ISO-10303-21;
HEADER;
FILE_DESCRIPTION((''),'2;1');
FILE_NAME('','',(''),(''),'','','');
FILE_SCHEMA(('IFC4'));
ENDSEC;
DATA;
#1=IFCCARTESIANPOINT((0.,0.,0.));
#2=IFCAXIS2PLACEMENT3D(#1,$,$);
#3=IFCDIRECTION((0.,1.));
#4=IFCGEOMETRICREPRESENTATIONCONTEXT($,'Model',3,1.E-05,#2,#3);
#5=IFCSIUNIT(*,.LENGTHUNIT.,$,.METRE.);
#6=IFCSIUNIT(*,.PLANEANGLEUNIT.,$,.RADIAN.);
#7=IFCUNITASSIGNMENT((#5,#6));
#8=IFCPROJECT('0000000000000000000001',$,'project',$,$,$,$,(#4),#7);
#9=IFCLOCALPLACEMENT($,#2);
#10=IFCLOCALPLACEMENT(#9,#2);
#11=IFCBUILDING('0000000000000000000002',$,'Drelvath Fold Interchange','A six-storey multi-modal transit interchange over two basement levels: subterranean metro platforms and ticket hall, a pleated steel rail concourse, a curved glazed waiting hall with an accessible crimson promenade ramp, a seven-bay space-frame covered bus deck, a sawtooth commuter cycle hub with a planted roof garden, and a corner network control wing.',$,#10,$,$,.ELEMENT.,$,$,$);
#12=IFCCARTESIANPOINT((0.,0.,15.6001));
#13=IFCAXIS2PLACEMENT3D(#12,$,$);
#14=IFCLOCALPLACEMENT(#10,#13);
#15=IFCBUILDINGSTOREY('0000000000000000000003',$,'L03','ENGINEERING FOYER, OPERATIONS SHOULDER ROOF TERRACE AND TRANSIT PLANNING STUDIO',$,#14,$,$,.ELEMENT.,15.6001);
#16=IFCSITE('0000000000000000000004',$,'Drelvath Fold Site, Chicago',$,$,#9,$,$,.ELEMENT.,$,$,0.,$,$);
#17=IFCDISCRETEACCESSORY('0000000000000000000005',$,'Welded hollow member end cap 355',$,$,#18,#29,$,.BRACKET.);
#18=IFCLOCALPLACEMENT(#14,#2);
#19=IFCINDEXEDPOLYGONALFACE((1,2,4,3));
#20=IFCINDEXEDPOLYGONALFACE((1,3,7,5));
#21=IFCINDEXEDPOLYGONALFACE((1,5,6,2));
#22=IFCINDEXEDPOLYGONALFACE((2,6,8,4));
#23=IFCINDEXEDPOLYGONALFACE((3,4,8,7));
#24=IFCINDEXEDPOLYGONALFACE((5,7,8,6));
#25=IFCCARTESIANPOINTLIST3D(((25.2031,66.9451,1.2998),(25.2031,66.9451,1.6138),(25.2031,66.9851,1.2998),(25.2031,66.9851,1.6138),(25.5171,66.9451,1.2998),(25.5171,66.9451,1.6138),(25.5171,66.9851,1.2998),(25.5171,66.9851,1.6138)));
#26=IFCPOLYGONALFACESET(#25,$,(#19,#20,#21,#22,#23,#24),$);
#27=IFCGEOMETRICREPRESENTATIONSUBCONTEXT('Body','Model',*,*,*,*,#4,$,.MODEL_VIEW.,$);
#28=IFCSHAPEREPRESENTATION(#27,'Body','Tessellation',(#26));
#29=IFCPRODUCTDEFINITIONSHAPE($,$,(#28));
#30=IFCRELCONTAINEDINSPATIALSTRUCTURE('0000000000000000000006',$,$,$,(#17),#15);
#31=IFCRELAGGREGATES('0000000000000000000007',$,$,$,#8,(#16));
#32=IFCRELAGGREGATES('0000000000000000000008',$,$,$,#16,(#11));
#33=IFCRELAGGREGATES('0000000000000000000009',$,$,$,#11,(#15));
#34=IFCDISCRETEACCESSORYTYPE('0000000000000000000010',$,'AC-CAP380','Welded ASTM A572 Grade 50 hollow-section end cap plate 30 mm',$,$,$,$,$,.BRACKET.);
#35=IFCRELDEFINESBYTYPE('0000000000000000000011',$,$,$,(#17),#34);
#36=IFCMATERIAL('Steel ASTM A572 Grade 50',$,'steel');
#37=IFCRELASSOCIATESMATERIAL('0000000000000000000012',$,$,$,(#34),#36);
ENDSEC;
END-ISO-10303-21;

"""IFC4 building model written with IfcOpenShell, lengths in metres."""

from ifc_helpers import new_model, si_unit, direction, frame, origin, origin_2d, place, context, subcontext, project, spatial, rectangle, extrude, material, type_object, element, save


model = new_model("IFC4")

# Units and contexts
model_context = context("Model", 3, precision=1e-05, world=origin(), true_north=direction((0.0, 1.0)))
body_context = subcontext(model_context, "Body", "Model", "MODEL_VIEW")
ifc_project = project(units=[si_unit("LENGTHUNIT", "METRE"), si_unit("PLANEANGLEUNIT", "RADIAN")], contexts=[model_context])

# Site, building, storey
site_placement = place(None, origin())
site = spatial("IfcSite", under=ifc_project, at=site_placement, Name="Drelvath Fold Site, Chicago", CompositionType="ELEMENT", RefElevation=0.0)
building_placement = place(site_placement, origin())
building = spatial("IfcBuilding", under=site, at=building_placement, Name="Drelvath Fold Interchange", Description="A six-storey multi-modal transit interchange over two basement levels: subterranean metro platforms and ticket hall, a pleated steel rail concourse, a curved glazed waiting hall with an accessible crimson promenade ramp, a seven-bay space-frame covered bus deck, a sawtooth commuter cycle hub with a planted roof garden, and a corner network control wing.", CompositionType="ELEMENT")
storey_placement = place(building_placement, frame((0.0, 0.0, 15.6001)))
storey = spatial("IfcBuildingStorey", under=building, at=storey_placement, Name="L03", Description="ENGINEERING FOYER, OPERATIONS SHOULDER ROOF TERRACE AND TRANSIT PLANNING STUDIO", CompositionType="ELEMENT", Elevation=15.6001)

# Discrete accessory
ifc_material_1 = material(Name="Steel ASTM A572 Grade 50", Category="steel")
discrete_accessory_type = type_object("IfcDiscreteAccessoryType", Name="AC-CAP380", Description="Welded ASTM A572 Grade 50 hollow-section end cap plate 30 mm", PredefinedType="BRACKET", material=ifc_material_1)
for number, where, z_axis, x_axis, name in (
    (1, (25.3601, 66.9651, 1.2998), (0.0, 0.0, 1.0), (1.0, 0.0, 0.0), "Welded hollow member end cap 355"),
):
    element("IfcDiscreteAccessory", number, at=place(storey_placement, frame(where, z_axis=z_axis, x_axis=x_axis)), inside=storey, type_object=discrete_accessory_type, Name=name, PredefinedType="BRACKET", context=body_context, shape_type="SweptSolid", body=[
        extrude(rectangle(XDim=0.314, YDim=0.04, at=origin_2d()), origin(), (0.0, 0.0, 1.0), 0.314),
    ])

save(model, "model.ifc")
